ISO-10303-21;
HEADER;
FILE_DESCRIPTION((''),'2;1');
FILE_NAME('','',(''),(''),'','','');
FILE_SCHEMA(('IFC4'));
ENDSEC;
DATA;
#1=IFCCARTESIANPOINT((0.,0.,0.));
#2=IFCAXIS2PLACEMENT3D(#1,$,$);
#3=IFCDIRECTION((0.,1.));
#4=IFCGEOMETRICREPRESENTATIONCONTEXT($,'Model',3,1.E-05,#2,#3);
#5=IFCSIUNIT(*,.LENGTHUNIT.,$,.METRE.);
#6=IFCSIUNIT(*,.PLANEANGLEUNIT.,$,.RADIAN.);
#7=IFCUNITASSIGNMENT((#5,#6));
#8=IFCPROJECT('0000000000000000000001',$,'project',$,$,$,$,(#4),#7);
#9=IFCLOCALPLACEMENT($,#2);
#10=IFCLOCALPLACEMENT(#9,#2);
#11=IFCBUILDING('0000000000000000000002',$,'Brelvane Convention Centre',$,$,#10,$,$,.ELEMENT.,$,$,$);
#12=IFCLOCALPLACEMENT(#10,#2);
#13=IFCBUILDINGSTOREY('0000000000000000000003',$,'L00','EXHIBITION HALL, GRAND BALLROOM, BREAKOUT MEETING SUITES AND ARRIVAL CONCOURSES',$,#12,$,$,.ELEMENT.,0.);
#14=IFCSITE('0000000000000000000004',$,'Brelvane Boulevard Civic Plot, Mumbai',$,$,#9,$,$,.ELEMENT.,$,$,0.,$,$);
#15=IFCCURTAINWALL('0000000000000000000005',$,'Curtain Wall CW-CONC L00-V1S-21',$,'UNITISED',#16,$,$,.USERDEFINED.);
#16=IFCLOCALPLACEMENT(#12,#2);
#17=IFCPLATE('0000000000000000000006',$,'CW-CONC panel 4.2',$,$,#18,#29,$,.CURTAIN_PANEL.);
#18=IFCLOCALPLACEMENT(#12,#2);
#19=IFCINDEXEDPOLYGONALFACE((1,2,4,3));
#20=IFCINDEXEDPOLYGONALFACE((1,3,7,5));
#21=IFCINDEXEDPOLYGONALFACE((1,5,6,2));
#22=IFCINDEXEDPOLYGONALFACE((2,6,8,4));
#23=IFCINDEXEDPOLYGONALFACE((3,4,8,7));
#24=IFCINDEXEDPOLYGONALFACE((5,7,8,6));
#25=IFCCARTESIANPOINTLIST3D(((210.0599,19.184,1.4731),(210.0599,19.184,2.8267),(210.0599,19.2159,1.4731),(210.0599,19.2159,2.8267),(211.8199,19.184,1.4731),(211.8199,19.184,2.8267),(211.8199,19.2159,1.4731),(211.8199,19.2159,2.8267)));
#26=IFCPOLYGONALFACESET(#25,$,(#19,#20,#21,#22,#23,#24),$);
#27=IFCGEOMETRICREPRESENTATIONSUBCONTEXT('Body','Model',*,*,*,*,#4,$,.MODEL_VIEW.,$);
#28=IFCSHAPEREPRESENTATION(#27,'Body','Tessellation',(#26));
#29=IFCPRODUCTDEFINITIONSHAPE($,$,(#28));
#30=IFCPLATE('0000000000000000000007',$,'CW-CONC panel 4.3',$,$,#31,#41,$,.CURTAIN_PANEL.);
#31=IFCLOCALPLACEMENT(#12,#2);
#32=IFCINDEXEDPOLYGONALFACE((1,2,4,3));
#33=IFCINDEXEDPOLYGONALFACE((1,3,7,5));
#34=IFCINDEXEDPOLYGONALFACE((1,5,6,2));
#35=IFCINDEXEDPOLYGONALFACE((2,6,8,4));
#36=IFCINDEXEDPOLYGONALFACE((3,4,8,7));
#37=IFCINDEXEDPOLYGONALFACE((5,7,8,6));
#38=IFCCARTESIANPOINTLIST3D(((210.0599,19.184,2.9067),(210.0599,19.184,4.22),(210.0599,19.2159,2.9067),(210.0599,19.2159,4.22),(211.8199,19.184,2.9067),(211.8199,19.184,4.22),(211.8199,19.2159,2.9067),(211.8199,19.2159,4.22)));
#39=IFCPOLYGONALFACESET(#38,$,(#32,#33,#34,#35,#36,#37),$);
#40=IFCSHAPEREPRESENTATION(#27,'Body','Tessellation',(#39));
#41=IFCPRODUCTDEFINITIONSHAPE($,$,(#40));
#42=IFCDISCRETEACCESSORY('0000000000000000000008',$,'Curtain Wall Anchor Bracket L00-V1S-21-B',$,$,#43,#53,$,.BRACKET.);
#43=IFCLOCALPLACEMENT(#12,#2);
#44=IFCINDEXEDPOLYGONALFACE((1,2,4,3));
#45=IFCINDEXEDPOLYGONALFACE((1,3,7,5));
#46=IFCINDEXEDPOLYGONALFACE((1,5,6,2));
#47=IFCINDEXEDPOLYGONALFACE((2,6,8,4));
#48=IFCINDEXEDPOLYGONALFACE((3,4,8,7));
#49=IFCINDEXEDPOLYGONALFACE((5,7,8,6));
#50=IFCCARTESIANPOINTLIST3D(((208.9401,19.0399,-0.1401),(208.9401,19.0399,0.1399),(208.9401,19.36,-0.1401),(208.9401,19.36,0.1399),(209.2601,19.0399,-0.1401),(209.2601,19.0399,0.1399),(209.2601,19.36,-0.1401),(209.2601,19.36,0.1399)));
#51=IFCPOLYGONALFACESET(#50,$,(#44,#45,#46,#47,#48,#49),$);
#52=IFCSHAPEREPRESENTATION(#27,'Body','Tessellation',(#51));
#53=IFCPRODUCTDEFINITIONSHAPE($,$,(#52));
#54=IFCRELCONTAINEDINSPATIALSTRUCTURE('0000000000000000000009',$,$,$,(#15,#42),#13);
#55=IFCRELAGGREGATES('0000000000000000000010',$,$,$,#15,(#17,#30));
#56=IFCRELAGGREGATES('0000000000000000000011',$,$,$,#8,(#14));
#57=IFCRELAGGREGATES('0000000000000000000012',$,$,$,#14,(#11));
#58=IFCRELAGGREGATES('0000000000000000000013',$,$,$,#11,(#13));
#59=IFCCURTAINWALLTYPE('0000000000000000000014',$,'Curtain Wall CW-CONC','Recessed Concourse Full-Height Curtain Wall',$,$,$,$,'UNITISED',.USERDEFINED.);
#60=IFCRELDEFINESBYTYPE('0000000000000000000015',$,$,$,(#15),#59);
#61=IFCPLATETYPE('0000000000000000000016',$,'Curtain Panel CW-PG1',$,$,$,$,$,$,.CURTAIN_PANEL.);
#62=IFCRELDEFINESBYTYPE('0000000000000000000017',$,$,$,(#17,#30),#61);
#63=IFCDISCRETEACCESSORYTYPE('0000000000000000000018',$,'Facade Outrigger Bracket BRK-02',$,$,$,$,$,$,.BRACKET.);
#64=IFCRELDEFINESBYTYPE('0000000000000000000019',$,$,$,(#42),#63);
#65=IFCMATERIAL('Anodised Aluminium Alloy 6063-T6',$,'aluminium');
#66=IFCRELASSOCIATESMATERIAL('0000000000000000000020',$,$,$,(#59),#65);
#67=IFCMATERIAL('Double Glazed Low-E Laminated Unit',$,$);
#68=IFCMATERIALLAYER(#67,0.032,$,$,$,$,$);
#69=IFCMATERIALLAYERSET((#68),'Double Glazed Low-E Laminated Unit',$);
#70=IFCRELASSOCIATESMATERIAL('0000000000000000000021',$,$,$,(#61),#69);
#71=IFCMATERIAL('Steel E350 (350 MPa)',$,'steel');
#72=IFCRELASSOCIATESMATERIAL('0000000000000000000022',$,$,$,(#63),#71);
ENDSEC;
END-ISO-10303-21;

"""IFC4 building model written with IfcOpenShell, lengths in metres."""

from ifc_helpers import new_model, si_unit, direction, frame, origin, origin_2d, place, context, subcontext, project, spatial, rectangle, extrude, material, layer, layer_set, type_object, element, aggregate, save


model = new_model("IFC4")

# Units and contexts
model_context = context("Model", 3, precision=1e-05, world=origin(), true_north=direction((0.0, 1.0)))
body_context = subcontext(model_context, "Body", "Model", "MODEL_VIEW")
ifc_project = project(units=[si_unit("LENGTHUNIT", "METRE"), si_unit("PLANEANGLEUNIT", "RADIAN")], contexts=[model_context])

# Site, building, storey
site_placement = place(None, origin())
site = spatial("IfcSite", under=ifc_project, at=site_placement, Name="Brelvane Boulevard Civic Plot, Mumbai", CompositionType="ELEMENT", RefElevation=0.0)
building_placement = place(site_placement, origin())
building = spatial("IfcBuilding", under=site, at=building_placement, Name="Brelvane Convention Centre", CompositionType="ELEMENT")
storey_placement = place(building_placement, origin())
storey = spatial("IfcBuildingStorey", under=building, at=storey_placement, Name="L00", Description="EXHIBITION HALL, GRAND BALLROOM, BREAKOUT MEETING SUITES AND ARRIVAL CONCOURSES", CompositionType="ELEMENT", Elevation=0.0)

# Curtain wall, plates
ifc_material_1 = material(Name="Anodised Aluminium Alloy 6063-T6", Category="aluminium")
curtain_wall_type = type_object("IfcCurtainWallType", Name="Curtain Wall CW-CONC", Description="Recessed Concourse Full-Height Curtain Wall", ElementType="UNITISED", PredefinedType="USERDEFINED", material=ifc_material_1)
curtain_wall_placement = place(storey_placement, origin())
curtain_wall = element("IfcCurtainWall", 1, at=curtain_wall_placement, inside=storey, type_object=curtain_wall_type, Name="Curtain Wall CW-CONC L00-V1S-21", ObjectType="UNITISED", PredefinedType="USERDEFINED")
ifc_material_2 = material(Name="Double Glazed Low-E Laminated Unit")
ifc_layer = layer(ifc_material_2, 0.032)
ifc_layer_set = layer_set([ifc_layer], Name="Double Glazed Low-E Laminated Unit")
plate_type = type_object("IfcPlateType", Name="Curtain Panel CW-PG1", PredefinedType="CURTAIN_PANEL", material=ifc_layer_set)
plate_1_placement = place(storey_placement, frame((210.9399, 19.2, 1.4731), z_axis=(0.0, 0.0, 1.0), x_axis=(1.0, 0.0, 0.0)))
plate_1 = element("IfcPlate", 2, at=plate_1_placement, type_object=plate_type, Name="CW-CONC panel 4.2", PredefinedType="CURTAIN_PANEL", context=body_context, shape_type="SweptSolid", body=[
    extrude(rectangle(XDim=1.76, YDim=0.032, at=origin_2d()), origin(), (0.0, 0.0, 1.0), 1.3535),
])
plate_2_placement = place(storey_placement, frame((210.9399, 19.2, 2.9067), z_axis=(0.0, 0.0, 1.0), x_axis=(1.0, 0.0, 0.0)))
plate_2 = element("IfcPlate", 3, at=plate_2_placement, type_object=plate_type, Name="CW-CONC panel 4.3", PredefinedType="CURTAIN_PANEL", context=body_context, shape_type="SweptSolid", body=[
    extrude(rectangle(XDim=1.76, YDim=0.032, at=origin_2d()), origin(), (0.0, 0.0, 1.0), 1.3132),
])
aggregate(curtain_wall, [plate_1, plate_2])

# Discrete accessory
ifc_material_3 = material(Name="Steel E350 (350 MPa)", Category="steel")
discrete_accessory_type = type_object("IfcDiscreteAccessoryType", Name="Facade Outrigger Bracket BRK-02", PredefinedType="BRACKET", material=ifc_material_3)
discrete_accessory_placement = place(storey_placement, frame((209.1001, 19.2, -0.1401), z_axis=(0.0, 0.0, 1.0), x_axis=(1.0, 0.0, 0.0)))
element("IfcDiscreteAccessory", 4, at=discrete_accessory_placement, inside=storey, type_object=discrete_accessory_type, Name="Curtain Wall Anchor Bracket L00-V1S-21-B", PredefinedType="BRACKET", context=body_context, shape_type="SweptSolid", body=[
    extrude(rectangle(XDim=0.3201, YDim=0.3201, at=origin_2d()), origin(), (0.0, 0.0, 1.0), 0.28),
])

save(model, "model.ifc")
